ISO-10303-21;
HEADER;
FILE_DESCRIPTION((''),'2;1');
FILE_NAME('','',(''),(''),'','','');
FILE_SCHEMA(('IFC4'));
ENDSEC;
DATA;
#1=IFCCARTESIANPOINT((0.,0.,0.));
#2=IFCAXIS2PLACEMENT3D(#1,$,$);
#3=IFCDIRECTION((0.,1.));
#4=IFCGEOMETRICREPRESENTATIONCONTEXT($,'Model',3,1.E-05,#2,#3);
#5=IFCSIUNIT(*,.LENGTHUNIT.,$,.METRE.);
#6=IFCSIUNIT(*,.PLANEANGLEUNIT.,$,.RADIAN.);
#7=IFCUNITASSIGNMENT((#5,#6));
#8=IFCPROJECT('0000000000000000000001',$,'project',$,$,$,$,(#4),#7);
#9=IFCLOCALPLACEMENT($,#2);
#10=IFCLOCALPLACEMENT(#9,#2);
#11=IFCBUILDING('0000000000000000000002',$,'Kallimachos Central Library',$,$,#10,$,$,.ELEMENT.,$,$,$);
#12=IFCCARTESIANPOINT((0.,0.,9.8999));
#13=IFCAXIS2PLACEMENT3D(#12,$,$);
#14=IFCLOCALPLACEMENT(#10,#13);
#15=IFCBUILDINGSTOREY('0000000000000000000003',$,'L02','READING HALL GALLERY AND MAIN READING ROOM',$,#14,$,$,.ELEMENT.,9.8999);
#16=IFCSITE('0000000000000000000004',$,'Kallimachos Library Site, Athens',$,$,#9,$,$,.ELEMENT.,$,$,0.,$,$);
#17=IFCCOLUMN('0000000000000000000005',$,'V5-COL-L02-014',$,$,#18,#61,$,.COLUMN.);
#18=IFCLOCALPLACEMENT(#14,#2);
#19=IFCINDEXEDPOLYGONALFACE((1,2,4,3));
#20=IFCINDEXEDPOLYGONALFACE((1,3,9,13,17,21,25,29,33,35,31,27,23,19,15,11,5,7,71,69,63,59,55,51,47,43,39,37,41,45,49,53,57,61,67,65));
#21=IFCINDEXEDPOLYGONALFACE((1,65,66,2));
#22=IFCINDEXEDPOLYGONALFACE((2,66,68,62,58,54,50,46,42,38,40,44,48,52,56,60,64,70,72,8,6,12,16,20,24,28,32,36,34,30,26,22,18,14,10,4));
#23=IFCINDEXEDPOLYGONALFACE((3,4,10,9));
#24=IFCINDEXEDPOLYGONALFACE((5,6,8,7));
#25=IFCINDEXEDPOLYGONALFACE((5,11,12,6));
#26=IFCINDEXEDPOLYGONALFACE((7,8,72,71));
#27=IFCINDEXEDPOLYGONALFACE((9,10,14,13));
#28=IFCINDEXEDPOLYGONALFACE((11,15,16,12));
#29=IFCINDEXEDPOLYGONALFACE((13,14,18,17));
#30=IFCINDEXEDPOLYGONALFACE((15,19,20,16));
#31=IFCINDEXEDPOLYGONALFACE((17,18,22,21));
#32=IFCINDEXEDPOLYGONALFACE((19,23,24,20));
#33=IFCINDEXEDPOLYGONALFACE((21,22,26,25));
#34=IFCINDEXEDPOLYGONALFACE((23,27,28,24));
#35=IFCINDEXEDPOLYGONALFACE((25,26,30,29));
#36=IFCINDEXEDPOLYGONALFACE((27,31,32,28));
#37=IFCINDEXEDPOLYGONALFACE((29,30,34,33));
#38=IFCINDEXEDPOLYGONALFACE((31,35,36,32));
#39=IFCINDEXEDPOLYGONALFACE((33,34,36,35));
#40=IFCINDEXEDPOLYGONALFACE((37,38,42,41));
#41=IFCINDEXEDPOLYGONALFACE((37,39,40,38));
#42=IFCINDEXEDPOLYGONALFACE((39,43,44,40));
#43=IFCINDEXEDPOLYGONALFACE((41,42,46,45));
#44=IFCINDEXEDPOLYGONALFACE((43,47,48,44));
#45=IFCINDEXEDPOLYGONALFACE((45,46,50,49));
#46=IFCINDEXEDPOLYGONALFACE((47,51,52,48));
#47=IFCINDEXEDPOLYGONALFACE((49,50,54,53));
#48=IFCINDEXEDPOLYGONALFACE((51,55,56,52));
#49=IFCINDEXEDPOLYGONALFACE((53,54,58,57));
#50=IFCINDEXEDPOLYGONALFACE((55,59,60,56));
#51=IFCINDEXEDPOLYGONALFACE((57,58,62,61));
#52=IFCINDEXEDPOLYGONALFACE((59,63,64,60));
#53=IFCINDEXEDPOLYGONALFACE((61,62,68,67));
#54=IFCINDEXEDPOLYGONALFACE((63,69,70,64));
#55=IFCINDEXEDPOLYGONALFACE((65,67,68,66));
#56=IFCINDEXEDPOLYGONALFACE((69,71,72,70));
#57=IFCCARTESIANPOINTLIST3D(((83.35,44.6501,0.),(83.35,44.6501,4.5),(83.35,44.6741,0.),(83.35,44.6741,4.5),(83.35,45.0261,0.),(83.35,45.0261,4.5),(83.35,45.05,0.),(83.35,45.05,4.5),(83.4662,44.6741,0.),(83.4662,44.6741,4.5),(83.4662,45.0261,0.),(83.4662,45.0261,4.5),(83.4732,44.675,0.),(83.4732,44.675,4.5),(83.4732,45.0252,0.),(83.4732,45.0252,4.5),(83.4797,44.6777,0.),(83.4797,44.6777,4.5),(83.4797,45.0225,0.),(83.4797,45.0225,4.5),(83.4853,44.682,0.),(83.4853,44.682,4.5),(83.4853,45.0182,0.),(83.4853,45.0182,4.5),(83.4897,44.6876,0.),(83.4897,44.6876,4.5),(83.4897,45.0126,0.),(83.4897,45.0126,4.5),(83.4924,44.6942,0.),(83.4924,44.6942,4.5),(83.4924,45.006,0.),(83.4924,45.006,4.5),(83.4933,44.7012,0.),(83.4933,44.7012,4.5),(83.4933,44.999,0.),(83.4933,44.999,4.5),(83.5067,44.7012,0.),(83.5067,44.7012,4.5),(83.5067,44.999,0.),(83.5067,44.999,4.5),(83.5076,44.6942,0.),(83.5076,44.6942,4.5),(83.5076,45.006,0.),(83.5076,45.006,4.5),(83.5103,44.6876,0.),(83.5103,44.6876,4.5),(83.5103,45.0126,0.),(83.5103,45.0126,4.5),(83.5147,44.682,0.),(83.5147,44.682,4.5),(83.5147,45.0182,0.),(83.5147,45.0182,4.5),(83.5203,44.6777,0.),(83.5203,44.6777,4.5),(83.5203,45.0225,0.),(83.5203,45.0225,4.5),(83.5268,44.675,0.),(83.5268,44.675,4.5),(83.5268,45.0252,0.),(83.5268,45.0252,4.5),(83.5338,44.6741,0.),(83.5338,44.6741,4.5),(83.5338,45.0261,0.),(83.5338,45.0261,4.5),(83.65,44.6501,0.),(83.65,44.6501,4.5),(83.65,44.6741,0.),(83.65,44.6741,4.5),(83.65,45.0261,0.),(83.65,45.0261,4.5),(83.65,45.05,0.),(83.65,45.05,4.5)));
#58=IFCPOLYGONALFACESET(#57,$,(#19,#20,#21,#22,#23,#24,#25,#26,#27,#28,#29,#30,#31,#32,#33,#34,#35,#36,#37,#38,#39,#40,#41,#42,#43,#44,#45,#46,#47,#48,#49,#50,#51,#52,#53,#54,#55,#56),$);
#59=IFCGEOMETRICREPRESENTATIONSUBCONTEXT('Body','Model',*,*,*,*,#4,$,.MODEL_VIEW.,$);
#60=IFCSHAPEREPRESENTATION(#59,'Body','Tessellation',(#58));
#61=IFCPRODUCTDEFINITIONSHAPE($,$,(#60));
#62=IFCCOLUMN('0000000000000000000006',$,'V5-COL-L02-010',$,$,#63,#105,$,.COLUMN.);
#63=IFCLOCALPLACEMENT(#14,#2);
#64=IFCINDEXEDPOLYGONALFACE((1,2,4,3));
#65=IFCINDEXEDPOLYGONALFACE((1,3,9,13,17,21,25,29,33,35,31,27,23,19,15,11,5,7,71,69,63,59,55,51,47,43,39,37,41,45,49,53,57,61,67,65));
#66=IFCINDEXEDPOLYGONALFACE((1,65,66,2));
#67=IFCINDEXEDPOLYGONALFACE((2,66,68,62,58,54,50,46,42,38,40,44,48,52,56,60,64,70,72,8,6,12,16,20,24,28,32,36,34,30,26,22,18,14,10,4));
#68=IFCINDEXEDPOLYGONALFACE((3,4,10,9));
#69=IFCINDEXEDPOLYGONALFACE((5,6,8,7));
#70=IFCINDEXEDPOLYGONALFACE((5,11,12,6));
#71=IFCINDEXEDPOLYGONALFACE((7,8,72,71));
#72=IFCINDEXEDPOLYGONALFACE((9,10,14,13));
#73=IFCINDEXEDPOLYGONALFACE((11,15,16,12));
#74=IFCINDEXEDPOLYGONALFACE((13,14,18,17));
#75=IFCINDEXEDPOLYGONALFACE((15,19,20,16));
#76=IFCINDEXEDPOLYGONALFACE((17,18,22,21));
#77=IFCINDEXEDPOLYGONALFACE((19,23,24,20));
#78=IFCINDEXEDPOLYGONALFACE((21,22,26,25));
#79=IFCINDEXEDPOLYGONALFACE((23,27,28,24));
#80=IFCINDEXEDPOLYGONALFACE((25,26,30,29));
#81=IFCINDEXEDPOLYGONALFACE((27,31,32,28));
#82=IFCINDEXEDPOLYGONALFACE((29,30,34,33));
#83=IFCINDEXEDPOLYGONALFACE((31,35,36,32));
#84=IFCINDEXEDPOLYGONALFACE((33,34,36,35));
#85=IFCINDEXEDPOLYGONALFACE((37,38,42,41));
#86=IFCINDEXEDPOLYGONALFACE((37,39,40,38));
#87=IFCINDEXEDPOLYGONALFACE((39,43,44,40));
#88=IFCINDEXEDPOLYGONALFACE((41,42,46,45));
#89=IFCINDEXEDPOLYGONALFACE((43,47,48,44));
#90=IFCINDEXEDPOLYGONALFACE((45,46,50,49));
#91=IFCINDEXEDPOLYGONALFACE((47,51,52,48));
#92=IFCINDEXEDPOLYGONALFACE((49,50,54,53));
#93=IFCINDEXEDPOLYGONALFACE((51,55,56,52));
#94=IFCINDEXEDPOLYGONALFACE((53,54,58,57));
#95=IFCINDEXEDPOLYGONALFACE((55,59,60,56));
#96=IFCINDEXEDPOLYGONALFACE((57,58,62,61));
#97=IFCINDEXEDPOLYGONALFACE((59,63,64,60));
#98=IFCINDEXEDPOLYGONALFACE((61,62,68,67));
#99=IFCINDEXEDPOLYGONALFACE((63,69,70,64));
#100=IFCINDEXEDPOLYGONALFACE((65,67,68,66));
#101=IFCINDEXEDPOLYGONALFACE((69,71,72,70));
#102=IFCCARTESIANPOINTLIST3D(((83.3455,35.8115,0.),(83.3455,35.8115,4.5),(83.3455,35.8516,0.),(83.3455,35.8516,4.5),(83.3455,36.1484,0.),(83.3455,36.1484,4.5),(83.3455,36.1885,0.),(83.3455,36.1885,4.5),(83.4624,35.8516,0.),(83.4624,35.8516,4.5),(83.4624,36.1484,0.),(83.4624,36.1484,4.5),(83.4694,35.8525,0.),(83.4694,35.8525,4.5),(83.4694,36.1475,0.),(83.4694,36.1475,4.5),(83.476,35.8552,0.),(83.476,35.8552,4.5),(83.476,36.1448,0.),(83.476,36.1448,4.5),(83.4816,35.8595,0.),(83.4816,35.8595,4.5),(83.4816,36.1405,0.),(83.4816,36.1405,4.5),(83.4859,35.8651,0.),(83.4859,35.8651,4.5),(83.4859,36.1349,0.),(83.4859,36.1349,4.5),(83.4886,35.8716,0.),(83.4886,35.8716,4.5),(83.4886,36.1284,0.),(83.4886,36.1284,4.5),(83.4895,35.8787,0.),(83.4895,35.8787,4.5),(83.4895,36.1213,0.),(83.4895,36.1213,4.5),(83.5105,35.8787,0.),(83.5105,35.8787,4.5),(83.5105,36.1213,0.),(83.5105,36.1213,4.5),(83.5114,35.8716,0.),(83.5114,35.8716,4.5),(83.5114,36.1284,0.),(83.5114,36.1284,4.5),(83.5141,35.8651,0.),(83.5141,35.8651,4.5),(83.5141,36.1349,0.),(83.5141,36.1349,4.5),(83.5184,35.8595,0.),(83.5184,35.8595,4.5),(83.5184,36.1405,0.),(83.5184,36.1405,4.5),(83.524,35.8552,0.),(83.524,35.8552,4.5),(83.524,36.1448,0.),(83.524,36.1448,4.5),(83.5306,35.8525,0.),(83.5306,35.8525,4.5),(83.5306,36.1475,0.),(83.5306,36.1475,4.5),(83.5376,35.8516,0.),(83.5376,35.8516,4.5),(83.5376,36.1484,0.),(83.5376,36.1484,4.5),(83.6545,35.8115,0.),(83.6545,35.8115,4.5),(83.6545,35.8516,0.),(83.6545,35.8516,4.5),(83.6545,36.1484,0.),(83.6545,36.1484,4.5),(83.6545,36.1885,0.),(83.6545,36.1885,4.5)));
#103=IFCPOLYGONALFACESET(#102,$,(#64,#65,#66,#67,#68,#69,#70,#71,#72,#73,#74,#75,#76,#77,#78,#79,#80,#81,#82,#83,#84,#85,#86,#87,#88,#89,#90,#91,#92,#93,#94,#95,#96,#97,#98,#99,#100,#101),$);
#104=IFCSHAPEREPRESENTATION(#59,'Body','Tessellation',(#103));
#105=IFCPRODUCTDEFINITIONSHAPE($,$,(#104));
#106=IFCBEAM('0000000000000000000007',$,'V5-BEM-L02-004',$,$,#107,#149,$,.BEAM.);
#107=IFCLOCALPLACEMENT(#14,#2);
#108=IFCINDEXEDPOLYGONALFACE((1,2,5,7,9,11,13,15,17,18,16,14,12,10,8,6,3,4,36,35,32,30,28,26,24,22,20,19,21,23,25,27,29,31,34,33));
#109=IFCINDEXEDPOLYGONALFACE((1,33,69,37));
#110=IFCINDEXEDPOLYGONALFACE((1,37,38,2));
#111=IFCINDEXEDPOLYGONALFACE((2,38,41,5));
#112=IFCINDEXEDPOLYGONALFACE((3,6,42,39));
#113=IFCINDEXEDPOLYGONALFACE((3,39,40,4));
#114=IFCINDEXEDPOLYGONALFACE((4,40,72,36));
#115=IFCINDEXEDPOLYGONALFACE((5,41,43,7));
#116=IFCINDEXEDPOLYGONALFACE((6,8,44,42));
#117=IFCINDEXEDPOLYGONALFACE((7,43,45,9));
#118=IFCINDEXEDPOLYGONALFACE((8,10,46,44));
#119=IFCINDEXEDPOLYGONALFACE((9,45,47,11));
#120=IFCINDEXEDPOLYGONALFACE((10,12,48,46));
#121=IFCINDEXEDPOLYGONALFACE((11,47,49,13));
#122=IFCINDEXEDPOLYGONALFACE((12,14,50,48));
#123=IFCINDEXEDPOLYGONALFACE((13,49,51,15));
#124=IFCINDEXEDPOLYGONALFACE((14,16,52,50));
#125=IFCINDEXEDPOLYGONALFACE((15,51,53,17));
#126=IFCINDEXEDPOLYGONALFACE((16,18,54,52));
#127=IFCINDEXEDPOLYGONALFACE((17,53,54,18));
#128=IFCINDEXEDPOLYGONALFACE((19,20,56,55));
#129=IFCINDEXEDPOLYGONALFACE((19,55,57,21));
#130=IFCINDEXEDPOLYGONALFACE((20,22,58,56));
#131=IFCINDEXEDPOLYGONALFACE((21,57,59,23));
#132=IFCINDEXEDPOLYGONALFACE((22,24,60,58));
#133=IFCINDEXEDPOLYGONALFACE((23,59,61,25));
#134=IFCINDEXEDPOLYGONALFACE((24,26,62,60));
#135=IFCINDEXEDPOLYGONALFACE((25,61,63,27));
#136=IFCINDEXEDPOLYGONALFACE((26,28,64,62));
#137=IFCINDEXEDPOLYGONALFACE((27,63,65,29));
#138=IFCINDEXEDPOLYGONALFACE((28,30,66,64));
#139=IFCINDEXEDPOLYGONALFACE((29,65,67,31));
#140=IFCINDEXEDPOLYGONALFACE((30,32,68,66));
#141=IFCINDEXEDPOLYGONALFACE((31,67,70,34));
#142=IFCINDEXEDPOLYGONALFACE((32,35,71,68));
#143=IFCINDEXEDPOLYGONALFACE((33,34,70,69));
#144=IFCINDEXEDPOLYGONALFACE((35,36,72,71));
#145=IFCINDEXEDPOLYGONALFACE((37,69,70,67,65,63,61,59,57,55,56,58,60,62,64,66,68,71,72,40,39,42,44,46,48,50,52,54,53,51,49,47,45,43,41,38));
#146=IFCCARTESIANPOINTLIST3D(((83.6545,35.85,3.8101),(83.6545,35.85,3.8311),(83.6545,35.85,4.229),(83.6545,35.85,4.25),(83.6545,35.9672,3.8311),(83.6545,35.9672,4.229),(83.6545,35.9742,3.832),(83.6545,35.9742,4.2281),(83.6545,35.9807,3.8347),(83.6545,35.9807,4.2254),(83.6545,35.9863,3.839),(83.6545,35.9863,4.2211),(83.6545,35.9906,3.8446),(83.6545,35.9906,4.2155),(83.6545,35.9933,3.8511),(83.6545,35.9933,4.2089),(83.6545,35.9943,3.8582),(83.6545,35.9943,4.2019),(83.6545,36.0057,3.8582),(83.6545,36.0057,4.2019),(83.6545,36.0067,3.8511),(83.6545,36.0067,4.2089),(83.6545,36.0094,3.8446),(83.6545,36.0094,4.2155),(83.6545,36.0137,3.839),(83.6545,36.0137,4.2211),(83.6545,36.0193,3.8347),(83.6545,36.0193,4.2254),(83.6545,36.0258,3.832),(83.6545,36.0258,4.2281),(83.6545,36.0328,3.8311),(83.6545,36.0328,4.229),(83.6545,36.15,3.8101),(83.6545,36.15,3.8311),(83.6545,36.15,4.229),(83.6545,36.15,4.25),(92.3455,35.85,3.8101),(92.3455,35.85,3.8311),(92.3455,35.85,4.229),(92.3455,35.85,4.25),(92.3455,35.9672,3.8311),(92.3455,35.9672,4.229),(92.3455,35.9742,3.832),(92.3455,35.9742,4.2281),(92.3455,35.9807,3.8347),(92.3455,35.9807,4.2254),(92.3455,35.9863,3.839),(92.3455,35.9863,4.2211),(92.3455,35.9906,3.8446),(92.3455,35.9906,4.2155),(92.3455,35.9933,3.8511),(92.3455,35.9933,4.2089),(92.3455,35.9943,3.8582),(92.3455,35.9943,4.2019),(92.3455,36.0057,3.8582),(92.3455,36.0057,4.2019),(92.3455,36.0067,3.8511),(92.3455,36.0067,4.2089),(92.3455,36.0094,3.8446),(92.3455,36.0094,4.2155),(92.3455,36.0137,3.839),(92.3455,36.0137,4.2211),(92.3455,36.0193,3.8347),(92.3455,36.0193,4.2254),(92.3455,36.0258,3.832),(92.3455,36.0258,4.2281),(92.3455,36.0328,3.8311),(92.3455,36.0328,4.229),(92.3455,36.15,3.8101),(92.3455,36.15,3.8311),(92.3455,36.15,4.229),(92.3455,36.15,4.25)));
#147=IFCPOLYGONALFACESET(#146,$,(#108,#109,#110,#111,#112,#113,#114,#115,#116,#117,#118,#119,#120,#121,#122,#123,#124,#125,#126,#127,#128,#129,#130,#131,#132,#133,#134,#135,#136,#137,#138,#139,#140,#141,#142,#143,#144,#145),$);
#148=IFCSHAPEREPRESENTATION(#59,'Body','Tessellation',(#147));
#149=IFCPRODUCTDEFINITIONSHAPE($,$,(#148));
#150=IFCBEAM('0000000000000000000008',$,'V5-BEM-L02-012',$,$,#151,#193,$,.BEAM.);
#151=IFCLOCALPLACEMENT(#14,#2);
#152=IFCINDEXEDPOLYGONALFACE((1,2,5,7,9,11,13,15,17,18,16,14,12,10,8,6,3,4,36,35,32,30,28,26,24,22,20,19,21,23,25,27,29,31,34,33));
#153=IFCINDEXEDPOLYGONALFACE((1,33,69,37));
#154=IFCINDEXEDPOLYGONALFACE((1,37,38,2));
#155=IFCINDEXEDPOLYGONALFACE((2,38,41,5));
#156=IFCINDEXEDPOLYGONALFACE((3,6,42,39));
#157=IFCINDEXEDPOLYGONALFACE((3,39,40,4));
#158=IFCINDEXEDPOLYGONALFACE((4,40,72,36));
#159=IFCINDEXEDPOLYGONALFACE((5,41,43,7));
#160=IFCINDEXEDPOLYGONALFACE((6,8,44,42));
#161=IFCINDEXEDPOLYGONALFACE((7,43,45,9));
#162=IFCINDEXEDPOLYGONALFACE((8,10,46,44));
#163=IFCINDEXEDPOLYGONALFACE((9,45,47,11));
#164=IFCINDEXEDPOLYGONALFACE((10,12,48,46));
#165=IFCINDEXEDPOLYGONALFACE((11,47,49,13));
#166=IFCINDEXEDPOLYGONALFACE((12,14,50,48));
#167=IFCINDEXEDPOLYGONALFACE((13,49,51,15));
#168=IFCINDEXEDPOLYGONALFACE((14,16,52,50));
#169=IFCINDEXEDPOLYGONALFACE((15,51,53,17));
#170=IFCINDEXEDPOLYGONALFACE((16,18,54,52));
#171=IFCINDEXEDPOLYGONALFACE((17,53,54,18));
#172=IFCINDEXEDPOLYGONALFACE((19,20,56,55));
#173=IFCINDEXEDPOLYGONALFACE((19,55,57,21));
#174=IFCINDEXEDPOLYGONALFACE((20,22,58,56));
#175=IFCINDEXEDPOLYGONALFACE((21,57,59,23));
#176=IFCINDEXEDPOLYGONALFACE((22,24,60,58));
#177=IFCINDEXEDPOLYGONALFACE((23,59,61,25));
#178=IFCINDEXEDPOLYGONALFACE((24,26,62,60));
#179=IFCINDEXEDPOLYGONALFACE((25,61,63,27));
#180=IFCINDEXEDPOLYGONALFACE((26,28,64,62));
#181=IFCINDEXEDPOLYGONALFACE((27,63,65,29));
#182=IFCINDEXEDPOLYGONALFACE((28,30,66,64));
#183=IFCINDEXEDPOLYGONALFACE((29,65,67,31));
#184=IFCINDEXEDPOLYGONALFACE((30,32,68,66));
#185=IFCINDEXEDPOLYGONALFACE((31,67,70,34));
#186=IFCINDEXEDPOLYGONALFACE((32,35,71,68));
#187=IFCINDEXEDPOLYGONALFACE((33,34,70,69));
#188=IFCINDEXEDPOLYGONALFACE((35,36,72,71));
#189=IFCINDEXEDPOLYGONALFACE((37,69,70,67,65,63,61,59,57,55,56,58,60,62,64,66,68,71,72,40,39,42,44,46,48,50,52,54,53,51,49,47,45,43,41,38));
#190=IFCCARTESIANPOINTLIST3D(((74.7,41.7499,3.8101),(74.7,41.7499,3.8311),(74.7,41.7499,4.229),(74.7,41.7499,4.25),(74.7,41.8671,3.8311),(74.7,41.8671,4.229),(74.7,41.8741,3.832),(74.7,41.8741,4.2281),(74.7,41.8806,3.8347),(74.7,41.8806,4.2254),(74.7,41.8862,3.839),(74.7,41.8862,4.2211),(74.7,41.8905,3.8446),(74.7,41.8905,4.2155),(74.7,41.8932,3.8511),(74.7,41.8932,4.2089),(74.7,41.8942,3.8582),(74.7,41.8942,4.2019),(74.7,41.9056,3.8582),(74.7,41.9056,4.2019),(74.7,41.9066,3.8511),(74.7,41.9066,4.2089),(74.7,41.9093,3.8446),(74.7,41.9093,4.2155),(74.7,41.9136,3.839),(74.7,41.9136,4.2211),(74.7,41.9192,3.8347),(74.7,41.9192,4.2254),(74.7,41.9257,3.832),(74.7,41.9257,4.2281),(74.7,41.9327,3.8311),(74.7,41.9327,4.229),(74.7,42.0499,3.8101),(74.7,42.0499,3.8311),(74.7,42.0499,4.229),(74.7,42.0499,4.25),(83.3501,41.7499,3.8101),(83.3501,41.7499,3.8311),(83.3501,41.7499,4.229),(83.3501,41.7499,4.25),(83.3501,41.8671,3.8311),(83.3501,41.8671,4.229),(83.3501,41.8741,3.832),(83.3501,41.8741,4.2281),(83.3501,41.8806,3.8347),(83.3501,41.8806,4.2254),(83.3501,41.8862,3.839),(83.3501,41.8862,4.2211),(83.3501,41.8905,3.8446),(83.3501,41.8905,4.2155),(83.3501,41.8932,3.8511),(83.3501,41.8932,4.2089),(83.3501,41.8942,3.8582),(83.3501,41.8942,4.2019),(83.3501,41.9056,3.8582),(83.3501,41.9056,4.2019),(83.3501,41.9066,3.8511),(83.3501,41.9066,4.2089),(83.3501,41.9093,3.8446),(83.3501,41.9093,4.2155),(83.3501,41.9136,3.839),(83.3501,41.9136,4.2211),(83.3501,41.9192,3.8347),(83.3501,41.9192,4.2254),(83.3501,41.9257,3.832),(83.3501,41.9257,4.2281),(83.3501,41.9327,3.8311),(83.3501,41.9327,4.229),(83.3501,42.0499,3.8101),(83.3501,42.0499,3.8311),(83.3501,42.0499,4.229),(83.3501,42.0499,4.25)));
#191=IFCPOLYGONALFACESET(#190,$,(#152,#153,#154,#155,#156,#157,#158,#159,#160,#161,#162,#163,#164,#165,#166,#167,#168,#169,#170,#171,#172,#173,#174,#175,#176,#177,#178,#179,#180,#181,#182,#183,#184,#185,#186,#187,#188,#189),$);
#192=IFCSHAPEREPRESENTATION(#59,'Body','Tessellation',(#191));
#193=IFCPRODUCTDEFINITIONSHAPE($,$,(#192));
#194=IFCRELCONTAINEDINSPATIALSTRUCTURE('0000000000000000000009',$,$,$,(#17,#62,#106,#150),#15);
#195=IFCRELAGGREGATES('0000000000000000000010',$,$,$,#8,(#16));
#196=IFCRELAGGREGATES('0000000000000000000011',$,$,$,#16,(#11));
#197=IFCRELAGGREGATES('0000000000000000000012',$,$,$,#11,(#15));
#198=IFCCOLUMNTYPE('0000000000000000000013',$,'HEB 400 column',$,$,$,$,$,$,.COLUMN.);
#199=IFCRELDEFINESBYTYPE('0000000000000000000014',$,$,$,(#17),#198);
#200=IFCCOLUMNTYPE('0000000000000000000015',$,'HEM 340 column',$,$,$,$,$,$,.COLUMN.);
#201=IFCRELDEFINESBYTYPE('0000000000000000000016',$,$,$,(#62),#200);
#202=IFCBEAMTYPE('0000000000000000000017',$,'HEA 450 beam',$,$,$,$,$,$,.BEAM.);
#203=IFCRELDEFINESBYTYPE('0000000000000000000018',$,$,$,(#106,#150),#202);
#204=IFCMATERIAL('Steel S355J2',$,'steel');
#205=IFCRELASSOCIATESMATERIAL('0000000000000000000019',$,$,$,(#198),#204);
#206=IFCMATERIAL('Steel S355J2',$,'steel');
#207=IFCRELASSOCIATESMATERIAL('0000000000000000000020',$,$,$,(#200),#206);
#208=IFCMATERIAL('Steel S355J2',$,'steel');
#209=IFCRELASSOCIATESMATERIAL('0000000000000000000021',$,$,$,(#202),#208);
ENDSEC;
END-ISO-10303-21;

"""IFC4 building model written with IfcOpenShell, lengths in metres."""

from ifc_helpers import new_model, si_unit, direction, frame, origin, origin_2d, place, context, subcontext, project, spatial, i_section, extrude, material, material_profile, profile_set, type_object, element, save


model = new_model("IFC4")

# Units and contexts
model_context = context("Model", 3, precision=1e-05, world=origin(), true_north=direction((0.0, 1.0)))
body_context = subcontext(model_context, "Body", "Model", "MODEL_VIEW")
ifc_project = project(units=[si_unit("LENGTHUNIT", "METRE"), si_unit("PLANEANGLEUNIT", "RADIAN")], contexts=[model_context])

# Site, building, storey
site_placement = place(None, origin())
site = spatial("IfcSite", under=ifc_project, at=site_placement, Name="Kallimachos Library Site, Athens", CompositionType="ELEMENT", RefElevation=0.0)
building_placement = place(site_placement, origin())
building = spatial("IfcBuilding", under=site, at=building_placement, Name="Kallimachos Central Library", CompositionType="ELEMENT")
storey_placement = place(building_placement, frame((0.0, 0.0, 9.8999)))
storey = spatial("IfcBuildingStorey", under=building, at=storey_placement, Name="L02", Description="READING HALL GALLERY AND MAIN READING ROOM", CompositionType="ELEMENT", Elevation=9.8999)

# Columns
ifc_material_1 = material(Name="Steel S355J2", Category="steel")
ifc_material_profile_1 = material_profile(ifc_material_1, i_section(OverallWidth=0.3, OverallDepth=0.3999, WebThickness=0.0134, FlangeThickness=0.0239, FilletRadius=0.0271, at=origin_2d()), Name="HEB 400")
ifc_profile_set_1 = profile_set([ifc_material_profile_1], Name="Steel S355J2")
column_type_1 = type_object("IfcColumnType", Name="HEB 400 column", PredefinedType="COLUMN", material=ifc_profile_set_1)
column_1_placement = place(storey_placement, frame((83.5, 44.8501, 0.0), z_axis=(0.0, 0.0, 1.0), x_axis=(1.0, 0.0, 0.0)))
element("IfcColumn", 1, at=column_1_placement, inside=storey, type_object=column_type_1, Name="V5-COL-L02-014", PredefinedType="COLUMN", context=body_context, shape_type="SweptSolid", body=[
    extrude(i_section(OverallWidth=0.3, OverallDepth=0.3999, WebThickness=0.0134, FlangeThickness=0.0239, FilletRadius=0.0271, at=origin_2d()), origin(), (0.0, 0.0, 1.0), 4.5),
])
ifc_material_2 = material(Name="Steel S355J2", Category="steel")
ifc_material_profile_2 = material_profile(ifc_material_2, i_section(OverallWidth=0.3091, OverallDepth=0.377, WebThickness=0.021, FlangeThickness=0.04, FilletRadius=0.0271, at=origin_2d()), Name="HEM 340")
ifc_profile_set_2 = profile_set([ifc_material_profile_2], Name="Steel S355J2")
column_type_2 = type_object("IfcColumnType", Name="HEM 340 column", PredefinedType="COLUMN", material=ifc_profile_set_2)
column_2_placement = place(storey_placement, frame((83.5, 36.0, 0.0), z_axis=(0.0, 0.0, 1.0), x_axis=(1.0, 0.0, 0.0)))
element("IfcColumn", 2, at=column_2_placement, inside=storey, type_object=column_type_2, Name="V5-COL-L02-010", PredefinedType="COLUMN", context=body_context, shape_type="SweptSolid", body=[
    extrude(i_section(OverallWidth=0.3091, OverallDepth=0.377, WebThickness=0.021, FlangeThickness=0.04, FilletRadius=0.0271, at=origin_2d()), origin(), (0.0, 0.0, 1.0), 4.5),
])

# Beams
ifc_material_3 = material(Name="Steel S355J2", Category="steel")
ifc_material_profile_3 = material_profile(ifc_material_3, i_section(OverallWidth=0.3, OverallDepth=0.4399, WebThickness=0.0115, FlangeThickness=0.021, FilletRadius=0.0271, at=origin_2d()), Name="HEA 450")
ifc_profile_set_3 = profile_set([ifc_material_profile_3], Name="Steel S355J2")
beam_type_1 = type_object("IfcBeamType", Name="HEA 450 beam", PredefinedType="BEAM", material=ifc_profile_set_3)
beam_1_placement = place(storey_placement, frame((83.6545, 36.0, 4.03), z_axis=(1.0, 0.0, 0.0), x_axis=(0.0, 1.0, 0.0)))
element("IfcBeam", 3, at=beam_1_placement, inside=storey, type_object=beam_type_1, Name="V5-BEM-L02-004", PredefinedType="BEAM", context=body_context, shape_type="SweptSolid", body=[
    extrude(i_section(OverallWidth=0.3, OverallDepth=0.4399, WebThickness=0.0115, FlangeThickness=0.021, FilletRadius=0.0271, at=origin_2d()), origin(), (0.0, 0.0, 1.0), 8.6909),
])
beam_2_placement = place(storey_placement, frame((74.7, 41.8999, 4.03), z_axis=(1.0, 0.0, 0.0), x_axis=(0.0, 1.0, 0.0)))
element("IfcBeam", 4, at=beam_2_placement, inside=storey, type_object=beam_type_1, Name="V5-BEM-L02-012", PredefinedType="BEAM", context=body_context, shape_type="SweptSolid", body=[
    extrude(i_section(OverallWidth=0.3, OverallDepth=0.4399, WebThickness=0.0115, FlangeThickness=0.021, FilletRadius=0.0271, at=origin_2d()), origin(), (0.0, 0.0, 1.0), 8.6501),
])

save(model, "model.ifc")
